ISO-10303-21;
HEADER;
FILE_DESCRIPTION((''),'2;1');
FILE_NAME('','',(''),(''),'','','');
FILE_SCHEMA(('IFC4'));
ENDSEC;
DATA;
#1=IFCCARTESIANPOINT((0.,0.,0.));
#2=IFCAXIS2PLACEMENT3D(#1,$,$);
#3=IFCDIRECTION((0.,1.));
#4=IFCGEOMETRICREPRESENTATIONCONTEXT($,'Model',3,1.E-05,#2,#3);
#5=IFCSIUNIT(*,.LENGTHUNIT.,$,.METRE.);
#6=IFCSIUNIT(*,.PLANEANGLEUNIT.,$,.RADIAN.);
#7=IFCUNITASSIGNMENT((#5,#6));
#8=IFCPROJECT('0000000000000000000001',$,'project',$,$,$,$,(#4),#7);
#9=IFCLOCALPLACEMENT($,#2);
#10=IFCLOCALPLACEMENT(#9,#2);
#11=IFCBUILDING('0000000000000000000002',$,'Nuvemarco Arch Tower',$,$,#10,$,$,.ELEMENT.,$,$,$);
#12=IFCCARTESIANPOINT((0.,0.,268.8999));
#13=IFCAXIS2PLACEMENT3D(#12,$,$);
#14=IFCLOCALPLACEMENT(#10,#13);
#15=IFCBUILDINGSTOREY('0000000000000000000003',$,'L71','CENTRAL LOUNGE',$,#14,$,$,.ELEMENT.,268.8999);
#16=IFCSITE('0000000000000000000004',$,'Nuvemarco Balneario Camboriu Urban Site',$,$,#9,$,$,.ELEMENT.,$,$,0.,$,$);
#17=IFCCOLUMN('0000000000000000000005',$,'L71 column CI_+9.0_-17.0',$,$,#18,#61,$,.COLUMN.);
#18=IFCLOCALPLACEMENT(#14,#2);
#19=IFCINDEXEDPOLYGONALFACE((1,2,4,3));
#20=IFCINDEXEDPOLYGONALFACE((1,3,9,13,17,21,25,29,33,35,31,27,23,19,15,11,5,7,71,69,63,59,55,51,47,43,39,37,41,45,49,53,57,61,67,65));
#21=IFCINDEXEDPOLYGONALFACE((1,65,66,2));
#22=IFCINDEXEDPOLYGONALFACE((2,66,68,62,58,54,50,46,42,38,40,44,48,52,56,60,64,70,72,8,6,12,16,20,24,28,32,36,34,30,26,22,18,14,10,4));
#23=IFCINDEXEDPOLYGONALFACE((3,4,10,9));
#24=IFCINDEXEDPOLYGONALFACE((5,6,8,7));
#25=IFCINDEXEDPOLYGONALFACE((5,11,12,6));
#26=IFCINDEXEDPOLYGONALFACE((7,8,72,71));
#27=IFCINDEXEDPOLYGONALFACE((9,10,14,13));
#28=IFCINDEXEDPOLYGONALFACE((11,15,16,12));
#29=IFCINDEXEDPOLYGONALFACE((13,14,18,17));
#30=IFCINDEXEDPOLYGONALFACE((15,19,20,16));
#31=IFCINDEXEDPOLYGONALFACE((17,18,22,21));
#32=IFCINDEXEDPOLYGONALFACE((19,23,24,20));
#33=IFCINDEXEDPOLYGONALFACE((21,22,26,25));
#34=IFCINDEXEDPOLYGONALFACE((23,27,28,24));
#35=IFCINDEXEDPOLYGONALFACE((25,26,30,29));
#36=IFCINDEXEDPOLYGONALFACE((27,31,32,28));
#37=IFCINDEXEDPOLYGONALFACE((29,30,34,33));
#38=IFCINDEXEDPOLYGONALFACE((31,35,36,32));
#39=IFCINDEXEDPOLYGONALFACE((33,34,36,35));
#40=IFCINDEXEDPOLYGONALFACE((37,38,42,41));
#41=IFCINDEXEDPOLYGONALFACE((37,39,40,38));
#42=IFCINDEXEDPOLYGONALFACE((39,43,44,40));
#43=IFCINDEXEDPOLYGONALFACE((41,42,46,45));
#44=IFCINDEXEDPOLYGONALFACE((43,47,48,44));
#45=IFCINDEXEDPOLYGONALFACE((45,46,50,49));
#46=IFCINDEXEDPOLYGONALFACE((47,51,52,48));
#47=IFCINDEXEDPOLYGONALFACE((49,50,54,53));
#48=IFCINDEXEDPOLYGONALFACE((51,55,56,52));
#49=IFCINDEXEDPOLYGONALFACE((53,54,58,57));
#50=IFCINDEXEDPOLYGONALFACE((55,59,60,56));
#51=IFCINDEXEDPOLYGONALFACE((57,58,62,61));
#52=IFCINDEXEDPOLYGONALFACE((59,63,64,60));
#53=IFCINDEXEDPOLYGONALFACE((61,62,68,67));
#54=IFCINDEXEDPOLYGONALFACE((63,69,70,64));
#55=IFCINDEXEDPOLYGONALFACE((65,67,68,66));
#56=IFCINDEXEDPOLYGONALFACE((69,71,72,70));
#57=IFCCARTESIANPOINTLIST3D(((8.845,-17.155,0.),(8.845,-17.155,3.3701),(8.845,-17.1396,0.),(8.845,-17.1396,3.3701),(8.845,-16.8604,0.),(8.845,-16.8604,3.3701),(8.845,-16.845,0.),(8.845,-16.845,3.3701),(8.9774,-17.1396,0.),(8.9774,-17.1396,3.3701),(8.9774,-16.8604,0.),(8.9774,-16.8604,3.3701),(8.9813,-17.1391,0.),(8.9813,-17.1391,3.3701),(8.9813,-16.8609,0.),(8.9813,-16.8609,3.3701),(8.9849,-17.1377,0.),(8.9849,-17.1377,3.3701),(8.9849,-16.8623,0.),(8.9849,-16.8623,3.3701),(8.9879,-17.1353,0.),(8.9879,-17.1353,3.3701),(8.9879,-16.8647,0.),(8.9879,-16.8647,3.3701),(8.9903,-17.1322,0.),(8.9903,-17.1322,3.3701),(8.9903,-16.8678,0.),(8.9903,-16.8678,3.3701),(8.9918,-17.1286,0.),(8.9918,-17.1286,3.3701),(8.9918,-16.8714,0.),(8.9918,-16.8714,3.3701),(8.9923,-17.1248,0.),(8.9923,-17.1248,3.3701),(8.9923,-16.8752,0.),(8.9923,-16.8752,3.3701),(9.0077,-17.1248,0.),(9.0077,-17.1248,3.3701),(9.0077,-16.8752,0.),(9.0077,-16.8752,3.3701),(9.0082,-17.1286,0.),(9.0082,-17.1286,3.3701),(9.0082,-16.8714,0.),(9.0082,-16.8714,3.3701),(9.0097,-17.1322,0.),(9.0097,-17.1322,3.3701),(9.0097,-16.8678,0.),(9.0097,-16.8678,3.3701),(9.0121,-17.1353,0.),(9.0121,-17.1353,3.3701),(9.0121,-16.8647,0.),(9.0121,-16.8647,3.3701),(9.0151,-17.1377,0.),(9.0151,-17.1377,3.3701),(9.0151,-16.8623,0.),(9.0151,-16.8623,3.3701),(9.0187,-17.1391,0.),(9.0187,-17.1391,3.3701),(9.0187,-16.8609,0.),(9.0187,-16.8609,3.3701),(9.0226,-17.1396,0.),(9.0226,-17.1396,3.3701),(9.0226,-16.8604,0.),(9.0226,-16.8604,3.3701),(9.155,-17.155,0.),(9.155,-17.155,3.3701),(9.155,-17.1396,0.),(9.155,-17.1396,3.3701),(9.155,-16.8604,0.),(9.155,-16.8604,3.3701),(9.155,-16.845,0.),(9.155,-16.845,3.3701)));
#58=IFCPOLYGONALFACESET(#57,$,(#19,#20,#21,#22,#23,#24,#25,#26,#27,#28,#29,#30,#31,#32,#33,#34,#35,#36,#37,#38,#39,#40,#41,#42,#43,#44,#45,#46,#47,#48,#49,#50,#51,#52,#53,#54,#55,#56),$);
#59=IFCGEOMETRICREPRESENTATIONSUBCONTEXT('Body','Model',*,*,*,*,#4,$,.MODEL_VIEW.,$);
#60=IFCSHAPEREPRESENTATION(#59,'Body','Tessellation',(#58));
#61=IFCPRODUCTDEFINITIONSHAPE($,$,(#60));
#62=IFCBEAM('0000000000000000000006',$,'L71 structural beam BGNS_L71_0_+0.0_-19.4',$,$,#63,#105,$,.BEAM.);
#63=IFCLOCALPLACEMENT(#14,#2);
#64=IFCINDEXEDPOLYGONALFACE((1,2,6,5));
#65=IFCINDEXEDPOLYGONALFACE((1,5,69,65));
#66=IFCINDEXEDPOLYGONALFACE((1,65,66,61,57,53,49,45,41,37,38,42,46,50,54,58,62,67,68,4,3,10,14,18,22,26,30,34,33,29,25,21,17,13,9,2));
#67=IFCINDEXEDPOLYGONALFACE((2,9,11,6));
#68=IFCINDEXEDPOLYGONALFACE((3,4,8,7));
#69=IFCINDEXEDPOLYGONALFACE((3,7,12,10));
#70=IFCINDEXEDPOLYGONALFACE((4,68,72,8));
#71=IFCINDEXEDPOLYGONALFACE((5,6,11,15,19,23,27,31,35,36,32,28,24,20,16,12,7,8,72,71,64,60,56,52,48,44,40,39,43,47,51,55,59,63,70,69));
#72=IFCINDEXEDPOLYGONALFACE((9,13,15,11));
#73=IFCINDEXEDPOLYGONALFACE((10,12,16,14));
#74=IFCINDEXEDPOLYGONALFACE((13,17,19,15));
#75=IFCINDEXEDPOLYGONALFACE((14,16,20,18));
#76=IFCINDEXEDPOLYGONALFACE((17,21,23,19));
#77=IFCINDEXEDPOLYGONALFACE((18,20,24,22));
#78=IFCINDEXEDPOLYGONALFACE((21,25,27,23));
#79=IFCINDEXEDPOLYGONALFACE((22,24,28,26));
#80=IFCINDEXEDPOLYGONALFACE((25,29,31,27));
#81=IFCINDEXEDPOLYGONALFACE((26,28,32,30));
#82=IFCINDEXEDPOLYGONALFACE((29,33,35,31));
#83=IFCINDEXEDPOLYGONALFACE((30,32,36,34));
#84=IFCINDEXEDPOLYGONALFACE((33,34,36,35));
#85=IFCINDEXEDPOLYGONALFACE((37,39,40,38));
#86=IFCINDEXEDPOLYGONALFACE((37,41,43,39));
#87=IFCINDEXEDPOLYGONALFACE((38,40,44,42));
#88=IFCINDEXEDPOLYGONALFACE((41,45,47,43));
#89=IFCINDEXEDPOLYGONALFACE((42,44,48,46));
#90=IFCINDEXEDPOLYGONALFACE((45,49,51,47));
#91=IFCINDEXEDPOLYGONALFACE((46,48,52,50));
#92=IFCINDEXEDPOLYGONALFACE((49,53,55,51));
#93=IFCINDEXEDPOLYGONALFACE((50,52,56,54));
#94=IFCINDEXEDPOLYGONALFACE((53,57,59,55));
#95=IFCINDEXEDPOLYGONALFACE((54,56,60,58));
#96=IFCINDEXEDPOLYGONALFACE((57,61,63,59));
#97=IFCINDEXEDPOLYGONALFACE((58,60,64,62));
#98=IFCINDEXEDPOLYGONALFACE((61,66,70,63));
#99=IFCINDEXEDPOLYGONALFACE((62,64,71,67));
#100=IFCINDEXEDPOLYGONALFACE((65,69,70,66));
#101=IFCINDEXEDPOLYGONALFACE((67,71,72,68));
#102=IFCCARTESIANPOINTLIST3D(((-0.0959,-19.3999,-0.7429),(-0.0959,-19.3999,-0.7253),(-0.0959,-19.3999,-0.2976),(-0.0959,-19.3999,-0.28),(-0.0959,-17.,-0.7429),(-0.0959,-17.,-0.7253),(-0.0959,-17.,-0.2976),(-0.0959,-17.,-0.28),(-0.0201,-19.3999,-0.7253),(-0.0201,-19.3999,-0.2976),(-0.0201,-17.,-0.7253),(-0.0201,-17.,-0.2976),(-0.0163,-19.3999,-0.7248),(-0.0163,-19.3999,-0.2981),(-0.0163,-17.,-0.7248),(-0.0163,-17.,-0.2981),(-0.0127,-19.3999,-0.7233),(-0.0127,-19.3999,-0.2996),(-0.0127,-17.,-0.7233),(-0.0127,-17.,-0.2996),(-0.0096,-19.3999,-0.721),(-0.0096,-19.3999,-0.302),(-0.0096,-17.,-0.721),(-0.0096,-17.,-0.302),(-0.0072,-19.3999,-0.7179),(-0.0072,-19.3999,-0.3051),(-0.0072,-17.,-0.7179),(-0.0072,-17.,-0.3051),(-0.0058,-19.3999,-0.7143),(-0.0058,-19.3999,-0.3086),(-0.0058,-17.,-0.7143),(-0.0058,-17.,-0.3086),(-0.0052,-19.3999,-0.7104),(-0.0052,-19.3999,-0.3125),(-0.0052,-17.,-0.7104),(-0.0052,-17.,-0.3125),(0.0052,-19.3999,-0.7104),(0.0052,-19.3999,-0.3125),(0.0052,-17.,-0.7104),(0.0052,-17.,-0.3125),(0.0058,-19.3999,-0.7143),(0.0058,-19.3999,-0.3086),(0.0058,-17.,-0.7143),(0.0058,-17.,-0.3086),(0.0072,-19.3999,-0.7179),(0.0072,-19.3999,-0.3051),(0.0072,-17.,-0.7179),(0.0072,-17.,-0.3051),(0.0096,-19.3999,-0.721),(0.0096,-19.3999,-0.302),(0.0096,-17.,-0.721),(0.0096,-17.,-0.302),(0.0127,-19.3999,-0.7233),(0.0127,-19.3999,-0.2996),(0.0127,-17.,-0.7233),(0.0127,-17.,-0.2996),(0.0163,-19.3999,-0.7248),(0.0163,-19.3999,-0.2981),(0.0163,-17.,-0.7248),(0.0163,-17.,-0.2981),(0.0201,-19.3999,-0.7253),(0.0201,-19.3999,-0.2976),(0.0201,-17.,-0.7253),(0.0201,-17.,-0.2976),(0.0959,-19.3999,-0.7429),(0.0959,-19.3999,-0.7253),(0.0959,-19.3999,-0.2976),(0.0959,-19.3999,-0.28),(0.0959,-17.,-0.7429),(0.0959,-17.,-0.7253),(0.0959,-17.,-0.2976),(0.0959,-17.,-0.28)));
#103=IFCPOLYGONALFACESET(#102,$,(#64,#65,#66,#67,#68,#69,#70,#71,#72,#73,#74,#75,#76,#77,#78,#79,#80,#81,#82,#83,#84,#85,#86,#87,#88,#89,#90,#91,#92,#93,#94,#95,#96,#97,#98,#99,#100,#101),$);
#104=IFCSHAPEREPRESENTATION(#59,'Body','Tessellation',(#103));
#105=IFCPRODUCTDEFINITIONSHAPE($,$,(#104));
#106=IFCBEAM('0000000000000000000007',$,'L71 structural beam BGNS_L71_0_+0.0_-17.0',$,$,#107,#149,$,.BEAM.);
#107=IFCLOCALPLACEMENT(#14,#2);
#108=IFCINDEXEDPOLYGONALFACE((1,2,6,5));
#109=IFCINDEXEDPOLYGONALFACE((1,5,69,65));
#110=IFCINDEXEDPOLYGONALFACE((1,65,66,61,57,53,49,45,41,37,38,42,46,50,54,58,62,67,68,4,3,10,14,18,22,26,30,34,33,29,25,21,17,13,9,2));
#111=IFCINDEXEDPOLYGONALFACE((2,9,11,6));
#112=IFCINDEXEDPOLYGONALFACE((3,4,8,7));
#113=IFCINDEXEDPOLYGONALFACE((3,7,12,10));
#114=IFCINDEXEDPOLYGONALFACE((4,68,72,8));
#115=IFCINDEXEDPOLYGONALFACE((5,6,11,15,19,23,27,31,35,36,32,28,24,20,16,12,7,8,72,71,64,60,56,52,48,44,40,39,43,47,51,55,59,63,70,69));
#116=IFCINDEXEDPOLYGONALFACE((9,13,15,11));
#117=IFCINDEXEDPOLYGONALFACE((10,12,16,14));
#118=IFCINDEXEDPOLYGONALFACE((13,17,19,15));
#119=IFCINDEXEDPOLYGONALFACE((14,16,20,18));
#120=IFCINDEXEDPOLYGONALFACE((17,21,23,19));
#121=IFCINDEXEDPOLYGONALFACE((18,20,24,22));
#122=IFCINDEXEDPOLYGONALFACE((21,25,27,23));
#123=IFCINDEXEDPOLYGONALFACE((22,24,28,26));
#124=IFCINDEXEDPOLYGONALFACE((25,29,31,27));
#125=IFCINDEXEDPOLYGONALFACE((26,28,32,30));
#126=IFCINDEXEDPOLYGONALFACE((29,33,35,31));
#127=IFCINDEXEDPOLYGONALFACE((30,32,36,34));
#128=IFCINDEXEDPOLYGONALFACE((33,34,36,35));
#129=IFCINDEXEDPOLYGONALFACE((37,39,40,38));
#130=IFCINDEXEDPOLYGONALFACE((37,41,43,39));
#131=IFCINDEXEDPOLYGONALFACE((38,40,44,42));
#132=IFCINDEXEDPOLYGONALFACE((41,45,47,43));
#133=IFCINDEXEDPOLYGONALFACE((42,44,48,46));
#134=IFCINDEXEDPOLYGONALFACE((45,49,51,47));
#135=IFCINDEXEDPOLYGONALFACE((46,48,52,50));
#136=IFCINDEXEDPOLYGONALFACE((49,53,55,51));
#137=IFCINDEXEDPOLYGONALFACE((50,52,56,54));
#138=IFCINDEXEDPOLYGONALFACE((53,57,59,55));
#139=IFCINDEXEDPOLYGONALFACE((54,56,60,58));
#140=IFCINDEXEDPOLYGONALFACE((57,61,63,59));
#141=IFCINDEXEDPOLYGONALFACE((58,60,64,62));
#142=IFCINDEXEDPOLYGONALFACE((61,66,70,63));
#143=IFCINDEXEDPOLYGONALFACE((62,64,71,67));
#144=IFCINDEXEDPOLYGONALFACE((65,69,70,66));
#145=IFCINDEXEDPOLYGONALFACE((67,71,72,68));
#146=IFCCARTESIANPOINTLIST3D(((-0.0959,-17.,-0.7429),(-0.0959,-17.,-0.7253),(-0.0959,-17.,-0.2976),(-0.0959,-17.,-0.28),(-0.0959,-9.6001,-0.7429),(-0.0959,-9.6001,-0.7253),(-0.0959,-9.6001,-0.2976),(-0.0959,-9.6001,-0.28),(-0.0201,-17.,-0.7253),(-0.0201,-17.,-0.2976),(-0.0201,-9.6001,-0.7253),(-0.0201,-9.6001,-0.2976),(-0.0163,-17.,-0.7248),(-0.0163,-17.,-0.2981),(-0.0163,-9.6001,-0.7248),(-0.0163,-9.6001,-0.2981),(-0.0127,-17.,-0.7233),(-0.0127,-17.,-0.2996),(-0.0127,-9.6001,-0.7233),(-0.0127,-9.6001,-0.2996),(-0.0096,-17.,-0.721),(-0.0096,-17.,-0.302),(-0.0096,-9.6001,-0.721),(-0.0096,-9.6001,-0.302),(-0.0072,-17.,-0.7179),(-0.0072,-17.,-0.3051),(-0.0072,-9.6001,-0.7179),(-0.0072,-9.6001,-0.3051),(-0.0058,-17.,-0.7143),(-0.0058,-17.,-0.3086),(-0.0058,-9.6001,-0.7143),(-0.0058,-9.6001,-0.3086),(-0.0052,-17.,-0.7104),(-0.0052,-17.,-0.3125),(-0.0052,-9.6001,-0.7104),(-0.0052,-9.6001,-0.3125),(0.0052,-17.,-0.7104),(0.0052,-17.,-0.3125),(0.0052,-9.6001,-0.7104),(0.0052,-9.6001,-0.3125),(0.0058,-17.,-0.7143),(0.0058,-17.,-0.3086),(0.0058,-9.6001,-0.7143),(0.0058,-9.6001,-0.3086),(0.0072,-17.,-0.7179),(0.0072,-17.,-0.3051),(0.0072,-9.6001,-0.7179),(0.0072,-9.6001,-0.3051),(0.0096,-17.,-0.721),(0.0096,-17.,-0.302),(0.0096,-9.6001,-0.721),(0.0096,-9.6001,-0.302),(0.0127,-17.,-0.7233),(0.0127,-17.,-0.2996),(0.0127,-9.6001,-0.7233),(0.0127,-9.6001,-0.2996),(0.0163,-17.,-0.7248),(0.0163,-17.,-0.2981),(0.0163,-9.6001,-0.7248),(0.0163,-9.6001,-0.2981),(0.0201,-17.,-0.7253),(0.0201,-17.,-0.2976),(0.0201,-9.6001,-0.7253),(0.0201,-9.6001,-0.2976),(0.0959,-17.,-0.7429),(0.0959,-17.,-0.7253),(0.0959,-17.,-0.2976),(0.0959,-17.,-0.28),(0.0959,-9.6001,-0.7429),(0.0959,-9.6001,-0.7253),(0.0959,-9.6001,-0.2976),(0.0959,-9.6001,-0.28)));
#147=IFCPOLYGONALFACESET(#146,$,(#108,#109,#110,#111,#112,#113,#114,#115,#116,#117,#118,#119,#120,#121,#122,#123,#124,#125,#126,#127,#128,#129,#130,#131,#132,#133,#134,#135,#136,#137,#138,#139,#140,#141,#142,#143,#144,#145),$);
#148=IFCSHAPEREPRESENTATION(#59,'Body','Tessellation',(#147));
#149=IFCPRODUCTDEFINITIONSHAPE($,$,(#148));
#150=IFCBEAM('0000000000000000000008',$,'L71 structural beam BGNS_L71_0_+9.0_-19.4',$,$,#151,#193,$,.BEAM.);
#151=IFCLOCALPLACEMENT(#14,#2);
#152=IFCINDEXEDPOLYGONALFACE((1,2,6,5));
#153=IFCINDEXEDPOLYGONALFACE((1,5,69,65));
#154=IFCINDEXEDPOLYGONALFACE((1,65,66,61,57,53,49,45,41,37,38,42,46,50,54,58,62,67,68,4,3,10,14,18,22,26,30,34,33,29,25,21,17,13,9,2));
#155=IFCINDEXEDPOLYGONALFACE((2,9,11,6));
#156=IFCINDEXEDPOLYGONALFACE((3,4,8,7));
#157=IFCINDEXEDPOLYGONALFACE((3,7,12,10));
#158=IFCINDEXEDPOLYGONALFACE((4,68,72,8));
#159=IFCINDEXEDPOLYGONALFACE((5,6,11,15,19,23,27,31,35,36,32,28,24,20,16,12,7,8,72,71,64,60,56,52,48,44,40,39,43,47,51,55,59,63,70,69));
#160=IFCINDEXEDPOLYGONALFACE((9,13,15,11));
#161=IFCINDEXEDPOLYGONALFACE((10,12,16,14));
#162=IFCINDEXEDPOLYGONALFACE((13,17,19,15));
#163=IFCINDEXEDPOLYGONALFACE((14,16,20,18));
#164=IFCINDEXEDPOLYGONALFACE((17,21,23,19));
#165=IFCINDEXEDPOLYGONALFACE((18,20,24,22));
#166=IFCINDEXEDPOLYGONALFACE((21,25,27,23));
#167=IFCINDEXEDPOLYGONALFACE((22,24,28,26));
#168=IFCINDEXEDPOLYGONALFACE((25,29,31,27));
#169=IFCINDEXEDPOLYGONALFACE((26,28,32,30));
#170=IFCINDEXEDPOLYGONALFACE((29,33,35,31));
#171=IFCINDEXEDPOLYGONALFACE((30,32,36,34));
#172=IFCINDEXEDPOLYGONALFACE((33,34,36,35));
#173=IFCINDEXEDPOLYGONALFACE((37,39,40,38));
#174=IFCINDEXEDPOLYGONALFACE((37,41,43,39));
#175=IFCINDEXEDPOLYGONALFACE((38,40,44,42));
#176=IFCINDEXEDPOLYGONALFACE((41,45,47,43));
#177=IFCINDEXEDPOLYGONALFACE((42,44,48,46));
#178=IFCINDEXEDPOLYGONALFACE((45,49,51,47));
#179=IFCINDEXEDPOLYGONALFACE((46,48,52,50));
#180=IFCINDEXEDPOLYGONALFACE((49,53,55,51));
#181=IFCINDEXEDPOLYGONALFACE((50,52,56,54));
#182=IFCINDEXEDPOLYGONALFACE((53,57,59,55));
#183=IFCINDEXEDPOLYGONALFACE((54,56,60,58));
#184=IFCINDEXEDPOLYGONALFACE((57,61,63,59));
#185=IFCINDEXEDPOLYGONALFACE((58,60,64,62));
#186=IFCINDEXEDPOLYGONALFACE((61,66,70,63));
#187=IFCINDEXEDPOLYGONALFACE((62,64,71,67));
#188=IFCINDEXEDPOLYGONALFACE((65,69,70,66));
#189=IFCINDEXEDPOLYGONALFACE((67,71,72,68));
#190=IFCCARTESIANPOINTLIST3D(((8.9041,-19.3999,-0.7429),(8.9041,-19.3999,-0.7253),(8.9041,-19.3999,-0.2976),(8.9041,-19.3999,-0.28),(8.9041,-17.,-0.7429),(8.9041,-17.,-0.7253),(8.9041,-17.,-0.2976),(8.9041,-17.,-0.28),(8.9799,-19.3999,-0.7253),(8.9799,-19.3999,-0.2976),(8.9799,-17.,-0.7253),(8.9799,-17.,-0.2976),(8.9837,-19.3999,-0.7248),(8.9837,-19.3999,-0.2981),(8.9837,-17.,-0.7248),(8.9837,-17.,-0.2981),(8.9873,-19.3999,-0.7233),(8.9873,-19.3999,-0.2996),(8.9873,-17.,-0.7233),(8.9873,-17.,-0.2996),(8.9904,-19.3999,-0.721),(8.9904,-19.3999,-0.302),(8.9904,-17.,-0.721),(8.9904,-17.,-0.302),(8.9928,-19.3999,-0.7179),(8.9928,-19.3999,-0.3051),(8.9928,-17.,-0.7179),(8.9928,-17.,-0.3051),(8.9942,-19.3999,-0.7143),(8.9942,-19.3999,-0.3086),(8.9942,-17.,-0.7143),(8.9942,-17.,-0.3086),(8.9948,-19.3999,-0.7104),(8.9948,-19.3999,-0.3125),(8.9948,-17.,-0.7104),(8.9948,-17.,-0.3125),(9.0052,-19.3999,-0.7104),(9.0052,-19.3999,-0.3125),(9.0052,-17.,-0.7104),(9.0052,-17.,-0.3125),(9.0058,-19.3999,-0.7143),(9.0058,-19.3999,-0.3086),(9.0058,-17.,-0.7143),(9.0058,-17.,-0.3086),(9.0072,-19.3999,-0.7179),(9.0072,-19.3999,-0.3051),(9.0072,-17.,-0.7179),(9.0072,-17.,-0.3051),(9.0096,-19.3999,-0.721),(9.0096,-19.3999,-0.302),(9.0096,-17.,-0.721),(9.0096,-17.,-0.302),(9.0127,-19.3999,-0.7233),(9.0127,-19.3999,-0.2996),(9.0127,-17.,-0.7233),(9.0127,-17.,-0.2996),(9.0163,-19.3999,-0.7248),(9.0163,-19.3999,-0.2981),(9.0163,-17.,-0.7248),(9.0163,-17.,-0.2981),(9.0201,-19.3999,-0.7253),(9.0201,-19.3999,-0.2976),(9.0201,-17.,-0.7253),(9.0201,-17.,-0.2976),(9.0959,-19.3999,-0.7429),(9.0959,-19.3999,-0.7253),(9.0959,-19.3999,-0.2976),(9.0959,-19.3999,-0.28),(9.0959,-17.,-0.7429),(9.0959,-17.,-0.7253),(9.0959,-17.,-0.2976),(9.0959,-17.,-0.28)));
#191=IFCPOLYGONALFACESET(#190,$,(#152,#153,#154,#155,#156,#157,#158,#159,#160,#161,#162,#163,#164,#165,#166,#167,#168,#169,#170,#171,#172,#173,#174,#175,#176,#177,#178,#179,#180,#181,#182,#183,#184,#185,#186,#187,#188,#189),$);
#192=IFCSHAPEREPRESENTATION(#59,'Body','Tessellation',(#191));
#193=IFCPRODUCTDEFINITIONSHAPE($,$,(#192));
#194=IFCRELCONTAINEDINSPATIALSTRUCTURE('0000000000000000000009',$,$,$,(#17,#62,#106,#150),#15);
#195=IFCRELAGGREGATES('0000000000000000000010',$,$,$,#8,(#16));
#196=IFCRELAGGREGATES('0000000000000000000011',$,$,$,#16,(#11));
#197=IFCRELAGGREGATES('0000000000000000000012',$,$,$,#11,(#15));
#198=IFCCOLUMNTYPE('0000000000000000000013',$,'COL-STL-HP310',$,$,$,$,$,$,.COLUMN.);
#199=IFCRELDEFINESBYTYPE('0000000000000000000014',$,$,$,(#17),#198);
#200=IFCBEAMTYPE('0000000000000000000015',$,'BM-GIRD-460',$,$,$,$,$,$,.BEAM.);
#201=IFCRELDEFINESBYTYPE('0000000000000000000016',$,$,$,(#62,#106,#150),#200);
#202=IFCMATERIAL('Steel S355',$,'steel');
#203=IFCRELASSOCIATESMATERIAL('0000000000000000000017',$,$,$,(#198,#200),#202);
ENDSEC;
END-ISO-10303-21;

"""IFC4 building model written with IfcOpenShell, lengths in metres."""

from ifc_helpers import new_model, si_unit, direction, frame, origin, origin_2d, place, context, subcontext, project, spatial, i_section, extrude, material, material_profile, profile_set, type_object, element, save


model = new_model("IFC4")

# Units and contexts
model_context = context("Model", 3, precision=1e-05, world=origin(), true_north=direction((0.0, 1.0)))
body_context = subcontext(model_context, "Body", "Model", "MODEL_VIEW")
ifc_project = project(units=[si_unit("LENGTHUNIT", "METRE"), si_unit("PLANEANGLEUNIT", "RADIAN")], contexts=[model_context])

# Site, building, storey
site_placement = place(None, origin())
site = spatial("IfcSite", under=ifc_project, at=site_placement, Name="Nuvemarco Balneario Camboriu Urban Site", CompositionType="ELEMENT", RefElevation=0.0)
building_placement = place(site_placement, origin())
building = spatial("IfcBuilding", under=site, at=building_placement, Name="Nuvemarco Arch Tower", CompositionType="ELEMENT")
storey_placement = place(building_placement, frame((0.0, 0.0, 268.8999)))
storey = spatial("IfcBuildingStorey", under=building, at=storey_placement, Name="L71", Description="CENTRAL LOUNGE", CompositionType="ELEMENT", Elevation=268.8999)

# Column
ifc_material_1 = material(Name="Steel S355", Category="steel")
ifc_material_profile_1 = material_profile(ifc_material_1, i_section(OverallWidth=0.3101, OverallDepth=0.3101, WebThickness=0.0154, FlangeThickness=0.0154, FilletRadius=0.0149, at=origin_2d()), Name="HP310x110")
ifc_profile_set_1 = profile_set([ifc_material_profile_1], Name="Steel S355")
column_type_1 = type_object("IfcColumnType", Name="COL-STL-HP310", PredefinedType="COLUMN", material=ifc_profile_set_1)
for number, where, z_axis, x_axis, name in (
    (1, (9.0, -17.0, 0.0), (0.0, 0.0, 1.0), (1.0, 0.0, 0.0), "L71 column CI_+9.0_-17.0"),
):
    element("IfcColumn", number, at=place(storey_placement, frame(where, z_axis=z_axis, x_axis=x_axis)), inside=storey, type_object=column_type_1, Name=name, PredefinedType="COLUMN", context=body_context, shape_type="SweptSolid", body=[
        extrude(i_section(OverallWidth=0.3101, OverallDepth=0.3101, WebThickness=0.0154, FlangeThickness=0.0154, FilletRadius=0.0149, at=origin_2d()), origin(), (0.0, 0.0, 1.0), 3.3701),
    ])

# Beams
ifc_material_profile_2 = material_profile(ifc_material_1, i_section(OverallWidth=0.1919, OverallDepth=0.4629, WebThickness=0.0105, FlangeThickness=0.0176, FilletRadius=0.0149, at=origin_2d()), Name="W460x89")
ifc_profile_set_2 = profile_set([ifc_material_profile_2], Name="Steel S355")
beam_type_1 = type_object("IfcBeamType", Name="BM-GIRD-460", PredefinedType="BEAM", material=ifc_profile_set_2)
beam_1_placement = place(storey_placement, frame((0.0, -19.3999, -0.5115), z_axis=(0.0, 1.0, 0.0), x_axis=(-1.0, 0.0, 0.0)))
element("IfcBeam", 2, at=beam_1_placement, inside=storey, type_object=beam_type_1, Name="L71 structural beam BGNS_L71_0_+0.0_-19.4", PredefinedType="BEAM", context=body_context, shape_type="SweptSolid", body=[
    extrude(i_section(OverallWidth=0.1919, OverallDepth=0.4629, WebThickness=0.0105, FlangeThickness=0.0176, FilletRadius=0.0149, at=origin_2d()), origin(), (0.0, 0.0, 1.0), 2.3999),
])
beam_2_placement = place(storey_placement, frame((0.0, -17.0, -0.5115), z_axis=(0.0, 1.0, 0.0), x_axis=(-1.0, 0.0, 0.0)))
element("IfcBeam", 3, at=beam_2_placement, inside=storey, type_object=beam_type_1, Name="L71 structural beam BGNS_L71_0_+0.0_-17.0", PredefinedType="BEAM", context=body_context, shape_type="SweptSolid", body=[
    extrude(i_section(OverallWidth=0.1919, OverallDepth=0.4629, WebThickness=0.0105, FlangeThickness=0.0176, FilletRadius=0.0149, at=origin_2d()), origin(), (0.0, 0.0, 1.0), 7.3999),
])
beam_3_placement = place(storey_placement, frame((9.0, -19.3999, -0.5115), z_axis=(0.0, 1.0, 0.0), x_axis=(-1.0, 0.0, 0.0)))
element("IfcBeam", 4, at=beam_3_placement, inside=storey, type_object=beam_type_1, Name="L71 structural beam BGNS_L71_0_+9.0_-19.4", PredefinedType="BEAM", context=body_context, shape_type="SweptSolid", body=[
    extrude(i_section(OverallWidth=0.1919, OverallDepth=0.4629, WebThickness=0.0105, FlangeThickness=0.0176, FilletRadius=0.0149, at=origin_2d()), origin(), (0.0, 0.0, 1.0), 2.3999),
])

save(model, "model.ifc")
